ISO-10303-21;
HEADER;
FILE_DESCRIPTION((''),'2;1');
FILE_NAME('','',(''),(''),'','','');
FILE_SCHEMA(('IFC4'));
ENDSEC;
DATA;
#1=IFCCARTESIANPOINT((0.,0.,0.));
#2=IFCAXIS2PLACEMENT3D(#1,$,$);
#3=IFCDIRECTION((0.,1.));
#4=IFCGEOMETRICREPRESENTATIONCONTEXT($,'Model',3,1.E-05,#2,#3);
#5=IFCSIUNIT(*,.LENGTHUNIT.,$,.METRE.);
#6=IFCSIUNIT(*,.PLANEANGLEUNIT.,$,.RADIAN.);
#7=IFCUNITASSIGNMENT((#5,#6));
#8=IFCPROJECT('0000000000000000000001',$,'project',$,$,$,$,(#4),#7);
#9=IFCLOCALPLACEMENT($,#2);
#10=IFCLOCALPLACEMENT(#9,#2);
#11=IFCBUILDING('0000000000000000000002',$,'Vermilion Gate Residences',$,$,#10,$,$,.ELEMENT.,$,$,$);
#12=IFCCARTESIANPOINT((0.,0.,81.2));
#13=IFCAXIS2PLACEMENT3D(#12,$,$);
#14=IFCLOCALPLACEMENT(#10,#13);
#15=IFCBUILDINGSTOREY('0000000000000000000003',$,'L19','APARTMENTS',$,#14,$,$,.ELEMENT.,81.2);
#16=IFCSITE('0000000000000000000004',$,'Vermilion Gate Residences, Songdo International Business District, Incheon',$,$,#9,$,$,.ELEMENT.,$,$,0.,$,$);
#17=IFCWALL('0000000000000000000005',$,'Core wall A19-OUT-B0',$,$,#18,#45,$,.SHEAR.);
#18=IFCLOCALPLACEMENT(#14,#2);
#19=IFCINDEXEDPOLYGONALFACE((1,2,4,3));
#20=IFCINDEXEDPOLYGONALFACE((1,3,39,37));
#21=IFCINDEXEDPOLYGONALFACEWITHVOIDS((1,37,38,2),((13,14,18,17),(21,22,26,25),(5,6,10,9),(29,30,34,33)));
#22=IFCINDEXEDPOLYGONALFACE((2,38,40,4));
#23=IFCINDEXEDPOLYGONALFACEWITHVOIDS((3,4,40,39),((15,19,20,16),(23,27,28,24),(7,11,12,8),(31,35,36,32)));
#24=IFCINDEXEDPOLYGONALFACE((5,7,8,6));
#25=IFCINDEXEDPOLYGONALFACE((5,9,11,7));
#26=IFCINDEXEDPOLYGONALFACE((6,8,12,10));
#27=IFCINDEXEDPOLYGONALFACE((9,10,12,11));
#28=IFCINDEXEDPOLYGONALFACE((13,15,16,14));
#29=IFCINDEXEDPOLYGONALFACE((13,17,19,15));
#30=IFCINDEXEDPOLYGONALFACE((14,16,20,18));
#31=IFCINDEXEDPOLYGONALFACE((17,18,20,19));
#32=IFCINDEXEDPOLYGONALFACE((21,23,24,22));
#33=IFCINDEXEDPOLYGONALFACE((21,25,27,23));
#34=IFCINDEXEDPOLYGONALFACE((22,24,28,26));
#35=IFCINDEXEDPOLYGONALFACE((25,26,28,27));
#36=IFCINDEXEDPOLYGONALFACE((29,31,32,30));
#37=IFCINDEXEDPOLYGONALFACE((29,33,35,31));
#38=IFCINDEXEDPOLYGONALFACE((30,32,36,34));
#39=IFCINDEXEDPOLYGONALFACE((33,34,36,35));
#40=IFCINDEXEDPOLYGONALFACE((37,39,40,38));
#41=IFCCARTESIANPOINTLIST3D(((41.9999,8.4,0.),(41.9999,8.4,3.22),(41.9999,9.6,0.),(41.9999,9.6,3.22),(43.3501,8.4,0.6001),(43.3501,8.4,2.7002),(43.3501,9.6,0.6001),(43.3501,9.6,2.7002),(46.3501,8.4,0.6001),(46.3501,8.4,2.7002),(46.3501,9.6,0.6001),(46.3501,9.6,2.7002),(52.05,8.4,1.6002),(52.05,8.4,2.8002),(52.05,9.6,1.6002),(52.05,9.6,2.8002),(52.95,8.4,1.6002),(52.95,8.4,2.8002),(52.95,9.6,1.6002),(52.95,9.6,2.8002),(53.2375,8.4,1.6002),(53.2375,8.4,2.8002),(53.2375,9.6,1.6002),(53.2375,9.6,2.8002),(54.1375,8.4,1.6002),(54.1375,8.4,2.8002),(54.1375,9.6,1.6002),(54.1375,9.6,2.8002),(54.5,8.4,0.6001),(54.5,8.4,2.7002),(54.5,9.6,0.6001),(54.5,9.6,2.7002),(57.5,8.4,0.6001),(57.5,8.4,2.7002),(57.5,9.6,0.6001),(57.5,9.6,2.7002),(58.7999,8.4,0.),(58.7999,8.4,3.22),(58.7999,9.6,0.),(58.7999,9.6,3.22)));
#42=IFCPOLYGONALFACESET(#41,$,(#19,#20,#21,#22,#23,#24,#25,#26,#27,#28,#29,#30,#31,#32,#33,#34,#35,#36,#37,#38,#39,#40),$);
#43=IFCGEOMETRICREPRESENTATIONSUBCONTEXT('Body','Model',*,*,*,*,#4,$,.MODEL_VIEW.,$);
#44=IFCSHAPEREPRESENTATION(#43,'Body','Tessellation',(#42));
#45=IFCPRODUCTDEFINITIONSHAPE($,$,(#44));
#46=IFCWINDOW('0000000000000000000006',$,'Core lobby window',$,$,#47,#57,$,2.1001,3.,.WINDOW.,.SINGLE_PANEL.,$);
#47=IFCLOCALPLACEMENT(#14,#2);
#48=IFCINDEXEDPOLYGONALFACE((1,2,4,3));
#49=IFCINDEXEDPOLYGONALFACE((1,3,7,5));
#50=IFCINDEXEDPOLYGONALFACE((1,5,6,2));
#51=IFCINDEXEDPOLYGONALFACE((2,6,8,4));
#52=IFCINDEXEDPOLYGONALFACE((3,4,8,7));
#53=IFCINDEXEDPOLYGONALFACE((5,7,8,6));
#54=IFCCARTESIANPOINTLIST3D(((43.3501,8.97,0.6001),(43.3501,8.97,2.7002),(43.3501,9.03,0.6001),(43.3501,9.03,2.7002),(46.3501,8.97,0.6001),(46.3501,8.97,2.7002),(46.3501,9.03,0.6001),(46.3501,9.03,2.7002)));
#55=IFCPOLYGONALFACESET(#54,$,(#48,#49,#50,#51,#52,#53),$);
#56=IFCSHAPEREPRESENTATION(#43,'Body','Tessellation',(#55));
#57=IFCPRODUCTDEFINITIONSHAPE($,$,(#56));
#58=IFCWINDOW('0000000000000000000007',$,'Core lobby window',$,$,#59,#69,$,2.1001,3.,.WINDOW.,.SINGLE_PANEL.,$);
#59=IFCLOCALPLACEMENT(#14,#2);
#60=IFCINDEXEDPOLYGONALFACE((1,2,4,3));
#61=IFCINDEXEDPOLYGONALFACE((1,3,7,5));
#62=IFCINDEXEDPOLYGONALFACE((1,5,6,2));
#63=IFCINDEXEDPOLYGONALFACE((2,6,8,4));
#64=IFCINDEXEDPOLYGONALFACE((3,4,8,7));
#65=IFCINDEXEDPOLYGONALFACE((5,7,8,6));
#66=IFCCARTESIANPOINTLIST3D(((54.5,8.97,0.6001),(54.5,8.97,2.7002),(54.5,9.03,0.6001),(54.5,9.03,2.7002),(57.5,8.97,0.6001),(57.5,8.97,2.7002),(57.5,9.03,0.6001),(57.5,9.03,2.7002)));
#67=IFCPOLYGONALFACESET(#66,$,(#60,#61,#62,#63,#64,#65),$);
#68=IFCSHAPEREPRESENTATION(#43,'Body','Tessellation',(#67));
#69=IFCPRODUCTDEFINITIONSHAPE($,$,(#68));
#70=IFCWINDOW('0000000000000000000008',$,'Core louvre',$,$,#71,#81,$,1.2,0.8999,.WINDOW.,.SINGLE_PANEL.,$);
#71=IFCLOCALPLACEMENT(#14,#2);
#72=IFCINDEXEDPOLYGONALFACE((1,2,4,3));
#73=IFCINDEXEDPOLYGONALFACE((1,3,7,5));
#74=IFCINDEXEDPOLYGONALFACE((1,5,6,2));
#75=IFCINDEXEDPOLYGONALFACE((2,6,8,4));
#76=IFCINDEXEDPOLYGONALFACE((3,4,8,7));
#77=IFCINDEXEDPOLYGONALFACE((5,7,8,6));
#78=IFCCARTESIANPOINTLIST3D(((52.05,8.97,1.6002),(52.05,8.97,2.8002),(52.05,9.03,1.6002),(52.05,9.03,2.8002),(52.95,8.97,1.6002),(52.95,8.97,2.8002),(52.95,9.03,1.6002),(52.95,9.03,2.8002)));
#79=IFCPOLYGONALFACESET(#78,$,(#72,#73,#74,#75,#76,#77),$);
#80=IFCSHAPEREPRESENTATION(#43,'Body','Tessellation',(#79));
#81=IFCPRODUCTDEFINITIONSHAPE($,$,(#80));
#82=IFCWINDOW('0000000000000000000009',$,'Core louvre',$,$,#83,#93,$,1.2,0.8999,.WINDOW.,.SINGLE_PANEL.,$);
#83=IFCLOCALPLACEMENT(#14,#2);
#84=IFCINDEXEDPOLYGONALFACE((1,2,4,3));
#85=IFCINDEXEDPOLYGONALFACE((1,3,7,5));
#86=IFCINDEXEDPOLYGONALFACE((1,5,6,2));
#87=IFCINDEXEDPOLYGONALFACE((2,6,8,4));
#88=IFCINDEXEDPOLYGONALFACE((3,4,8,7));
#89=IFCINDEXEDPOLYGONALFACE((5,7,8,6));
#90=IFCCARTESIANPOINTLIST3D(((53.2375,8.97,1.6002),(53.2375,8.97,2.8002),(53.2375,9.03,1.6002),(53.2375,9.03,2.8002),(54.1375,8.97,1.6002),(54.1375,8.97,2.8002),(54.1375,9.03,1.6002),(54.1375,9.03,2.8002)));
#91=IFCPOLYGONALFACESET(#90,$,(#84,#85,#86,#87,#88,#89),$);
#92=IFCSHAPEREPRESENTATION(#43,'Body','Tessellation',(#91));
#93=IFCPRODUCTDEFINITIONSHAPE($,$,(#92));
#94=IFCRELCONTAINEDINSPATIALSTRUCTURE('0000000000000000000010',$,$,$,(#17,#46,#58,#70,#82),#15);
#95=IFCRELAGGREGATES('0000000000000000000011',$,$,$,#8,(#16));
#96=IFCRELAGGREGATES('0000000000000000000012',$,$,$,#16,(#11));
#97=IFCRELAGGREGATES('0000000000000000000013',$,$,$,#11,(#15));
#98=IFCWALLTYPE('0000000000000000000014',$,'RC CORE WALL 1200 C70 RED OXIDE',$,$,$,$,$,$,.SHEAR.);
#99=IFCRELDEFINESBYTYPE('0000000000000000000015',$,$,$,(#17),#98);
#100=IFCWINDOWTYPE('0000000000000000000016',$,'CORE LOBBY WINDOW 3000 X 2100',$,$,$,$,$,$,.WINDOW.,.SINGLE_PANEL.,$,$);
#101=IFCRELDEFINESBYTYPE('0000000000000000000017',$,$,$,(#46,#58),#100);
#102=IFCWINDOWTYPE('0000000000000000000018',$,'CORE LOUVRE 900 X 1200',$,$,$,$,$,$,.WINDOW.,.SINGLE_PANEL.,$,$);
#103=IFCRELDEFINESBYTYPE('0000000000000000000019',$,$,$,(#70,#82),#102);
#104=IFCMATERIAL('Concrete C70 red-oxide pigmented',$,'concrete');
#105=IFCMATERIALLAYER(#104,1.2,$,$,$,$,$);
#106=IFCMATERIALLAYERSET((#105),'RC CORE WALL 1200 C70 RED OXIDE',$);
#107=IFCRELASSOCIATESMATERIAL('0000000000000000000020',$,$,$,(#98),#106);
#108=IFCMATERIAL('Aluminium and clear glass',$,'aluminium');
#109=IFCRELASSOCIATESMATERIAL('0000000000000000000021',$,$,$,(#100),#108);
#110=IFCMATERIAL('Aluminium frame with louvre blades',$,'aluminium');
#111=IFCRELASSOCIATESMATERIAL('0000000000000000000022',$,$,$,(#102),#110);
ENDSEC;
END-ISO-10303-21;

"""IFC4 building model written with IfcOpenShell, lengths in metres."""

from ifc_helpers import new_model, si_unit, direction, frame, frame_2d, origin, place, context, subcontext, project, spatial, rectangle, extrude, material, layer, layer_set, type_object, element, fill, save


model = new_model("IFC4")

# Units and contexts
model_context = context("Model", 3, precision=1e-05, world=origin(), true_north=direction((0.0, 1.0)))
body_context = subcontext(model_context, "Body", "Model", "MODEL_VIEW")
ifc_project = project(units=[si_unit("LENGTHUNIT", "METRE"), si_unit("PLANEANGLEUNIT", "RADIAN")], contexts=[model_context])

# Site, building, storey
site_placement = place(None, origin())
site = spatial("IfcSite", under=ifc_project, at=site_placement, Name="Vermilion Gate Residences, Songdo International Business District, Incheon", CompositionType="ELEMENT", RefElevation=0.0)
building_placement = place(site_placement, origin())
building = spatial("IfcBuilding", under=site, at=building_placement, Name="Vermilion Gate Residences", CompositionType="ELEMENT")
storey_placement = place(building_placement, frame((0.0, 0.0, 81.2)))
storey = spatial("IfcBuildingStorey", under=building, at=storey_placement, Name="L19", Description="APARTMENTS", CompositionType="ELEMENT", Elevation=81.2)

# Wall, openings, windows
ifc_material_1 = material(Name="Concrete C70 red-oxide pigmented", Category="concrete")
ifc_layer_1 = layer(ifc_material_1, 1.2)
ifc_layer_set_1 = layer_set([ifc_layer_1], Name="RC CORE WALL 1200 C70 RED OXIDE")
wall_type_1 = type_object("IfcWallType", Name="RC CORE WALL 1200 C70 RED OXIDE", PredefinedType="SHEAR", material=ifc_layer_set_1)
wall_1_placement = place(storey_placement, frame((42.0, 9.0, 0.0), z_axis=(0.0, 0.0, 1.0), x_axis=(1.0, 0.0, 0.0)))
wall_1 = element("IfcWall", 1, at=wall_1_placement, inside=storey, type_object=wall_type_1, Name="Core wall A19-OUT-B0", PredefinedType="SHEAR", context=body_context, shape_type="SweptSolid", body=[
    extrude(rectangle(XDim=16.8, YDim=1.2, at=frame_2d((8.3999, 0.0))), origin(), (0.0, 0.0, 1.0), 3.22),
])
opening_1_placement = place(wall_1_placement, frame((1.3501, 0.0, 0.6001)))
opening_1 = element("IfcOpeningElement", 2, at=opening_1_placement, cuts=wall_1, PredefinedType="OPENING", context=body_context, shape_type="SweptSolid", body=[
    extrude(rectangle(XDim=3.0, YDim=2.1001, at=frame_2d((1.5, 1.05))), frame((0.0, 0.6099, 0.0), z_axis=(0.0, -1.0, 0.0), x_axis=(1.0, 0.0, 0.0)), (0.0, 0.0, 1.0), 1.22),
])
opening_2_placement = place(wall_1_placement, frame((10.05, 0.0, 1.6001)))
opening_2 = element("IfcOpeningElement", 3, at=opening_2_placement, cuts=wall_1, PredefinedType="OPENING", context=body_context, shape_type="SweptSolid", body=[
    extrude(rectangle(XDim=0.8999, YDim=1.2, at=frame_2d((0.45, 0.6001))), frame((0.0, 0.6099, 0.0), z_axis=(0.0, -1.0, 0.0), x_axis=(1.0, 0.0, 0.0)), (0.0, 0.0, 1.0), 1.22),
])
opening_3_placement = place(wall_1_placement, frame((11.2375, 0.0, 1.6001)))
opening_3 = element("IfcOpeningElement", 4, at=opening_3_placement, cuts=wall_1, PredefinedType="OPENING", context=body_context, shape_type="SweptSolid", body=[
    extrude(rectangle(XDim=0.8999, YDim=1.2, at=frame_2d((0.45, 0.6001))), frame((0.0, 0.6099, 0.0), z_axis=(0.0, -1.0, 0.0), x_axis=(1.0, 0.0, 0.0)), (0.0, 0.0, 1.0), 1.22),
])
opening_4_placement = place(wall_1_placement, frame((12.5, 0.0, 0.6001)))
opening_4 = element("IfcOpeningElement", 5, at=opening_4_placement, cuts=wall_1, PredefinedType="OPENING", context=body_context, shape_type="SweptSolid", body=[
    extrude(rectangle(XDim=3.0, YDim=2.1001, at=frame_2d((1.5, 1.05))), frame((0.0, 0.6099, 0.0), z_axis=(0.0, -1.0, 0.0), x_axis=(1.0, 0.0, 0.0)), (0.0, 0.0, 1.0), 1.22),
])
ifc_material_2 = material(Name="Aluminium and clear glass", Category="aluminium")
window_type_1 = type_object("IfcWindowType", Name="CORE LOBBY WINDOW 3000 X 2100", PartitioningType="SINGLE_PANEL", PredefinedType="WINDOW", material=ifc_material_2)
window_1_placement = place(opening_1_placement, origin())
window_1 = element("IfcWindow", 6, at=window_1_placement, inside=storey, type_object=window_type_1, Name="Core lobby window", OverallHeight=2.1001, OverallWidth=3.0, PartitioningType="SINGLE_PANEL", PredefinedType="WINDOW", context=body_context, shape_type="SweptSolid", body=[
    extrude(rectangle(XDim=3.0, YDim=2.1001, at=frame_2d((1.5, 1.05))), frame((0.0, 0.03, 0.0), z_axis=(0.0, -1.0, 0.0), x_axis=(1.0, 0.0, 0.0)), (0.0, 0.0, 1.0), 0.0601),
])
fill(opening_1, window_1)
window_2_placement = place(opening_4_placement, origin())
window_2 = element("IfcWindow", 7, at=window_2_placement, inside=storey, type_object=window_type_1, Name="Core lobby window", OverallHeight=2.1001, OverallWidth=3.0, PartitioningType="SINGLE_PANEL", PredefinedType="WINDOW", context=body_context, shape_type="SweptSolid", body=[
    extrude(rectangle(XDim=3.0, YDim=2.1001, at=frame_2d((1.5, 1.05))), frame((0.0, 0.03, 0.0), z_axis=(0.0, -1.0, 0.0), x_axis=(1.0, 0.0, 0.0)), (0.0, 0.0, 1.0), 0.0601),
])
fill(opening_4, window_2)
ifc_material_3 = material(Name="Aluminium frame with louvre blades", Category="aluminium")
window_type_2 = type_object("IfcWindowType", Name="CORE LOUVRE 900 X 1200", PartitioningType="SINGLE_PANEL", PredefinedType="WINDOW", material=ifc_material_3)
window_3_placement = place(opening_2_placement, origin())
window_3 = element("IfcWindow", 8, at=window_3_placement, inside=storey, type_object=window_type_2, Name="Core louvre", OverallHeight=1.2, OverallWidth=0.8999, PartitioningType="SINGLE_PANEL", PredefinedType="WINDOW", context=body_context, shape_type="SweptSolid", body=[
    extrude(rectangle(XDim=0.8999, YDim=1.2, at=frame_2d((0.45, 0.6001))), frame((0.0, 0.03, 0.0), z_axis=(0.0, -1.0, 0.0), x_axis=(1.0, 0.0, 0.0)), (0.0, 0.0, 1.0), 0.0601),
])
fill(opening_2, window_3)
window_4_placement = place(opening_3_placement, origin())
window_4 = element("IfcWindow", 9, at=window_4_placement, inside=storey, type_object=window_type_2, Name="Core louvre", OverallHeight=1.2, OverallWidth=0.8999, PartitioningType="SINGLE_PANEL", PredefinedType="WINDOW", context=body_context, shape_type="SweptSolid", body=[
    extrude(rectangle(XDim=0.8999, YDim=1.2, at=frame_2d((0.45, 0.6001))), frame((0.0, 0.03, 0.0), z_axis=(0.0, -1.0, 0.0), x_axis=(1.0, 0.0, 0.0)), (0.0, 0.0, 1.0), 0.0601),
])
fill(opening_3, window_4)

save(model, "model.ifc")
